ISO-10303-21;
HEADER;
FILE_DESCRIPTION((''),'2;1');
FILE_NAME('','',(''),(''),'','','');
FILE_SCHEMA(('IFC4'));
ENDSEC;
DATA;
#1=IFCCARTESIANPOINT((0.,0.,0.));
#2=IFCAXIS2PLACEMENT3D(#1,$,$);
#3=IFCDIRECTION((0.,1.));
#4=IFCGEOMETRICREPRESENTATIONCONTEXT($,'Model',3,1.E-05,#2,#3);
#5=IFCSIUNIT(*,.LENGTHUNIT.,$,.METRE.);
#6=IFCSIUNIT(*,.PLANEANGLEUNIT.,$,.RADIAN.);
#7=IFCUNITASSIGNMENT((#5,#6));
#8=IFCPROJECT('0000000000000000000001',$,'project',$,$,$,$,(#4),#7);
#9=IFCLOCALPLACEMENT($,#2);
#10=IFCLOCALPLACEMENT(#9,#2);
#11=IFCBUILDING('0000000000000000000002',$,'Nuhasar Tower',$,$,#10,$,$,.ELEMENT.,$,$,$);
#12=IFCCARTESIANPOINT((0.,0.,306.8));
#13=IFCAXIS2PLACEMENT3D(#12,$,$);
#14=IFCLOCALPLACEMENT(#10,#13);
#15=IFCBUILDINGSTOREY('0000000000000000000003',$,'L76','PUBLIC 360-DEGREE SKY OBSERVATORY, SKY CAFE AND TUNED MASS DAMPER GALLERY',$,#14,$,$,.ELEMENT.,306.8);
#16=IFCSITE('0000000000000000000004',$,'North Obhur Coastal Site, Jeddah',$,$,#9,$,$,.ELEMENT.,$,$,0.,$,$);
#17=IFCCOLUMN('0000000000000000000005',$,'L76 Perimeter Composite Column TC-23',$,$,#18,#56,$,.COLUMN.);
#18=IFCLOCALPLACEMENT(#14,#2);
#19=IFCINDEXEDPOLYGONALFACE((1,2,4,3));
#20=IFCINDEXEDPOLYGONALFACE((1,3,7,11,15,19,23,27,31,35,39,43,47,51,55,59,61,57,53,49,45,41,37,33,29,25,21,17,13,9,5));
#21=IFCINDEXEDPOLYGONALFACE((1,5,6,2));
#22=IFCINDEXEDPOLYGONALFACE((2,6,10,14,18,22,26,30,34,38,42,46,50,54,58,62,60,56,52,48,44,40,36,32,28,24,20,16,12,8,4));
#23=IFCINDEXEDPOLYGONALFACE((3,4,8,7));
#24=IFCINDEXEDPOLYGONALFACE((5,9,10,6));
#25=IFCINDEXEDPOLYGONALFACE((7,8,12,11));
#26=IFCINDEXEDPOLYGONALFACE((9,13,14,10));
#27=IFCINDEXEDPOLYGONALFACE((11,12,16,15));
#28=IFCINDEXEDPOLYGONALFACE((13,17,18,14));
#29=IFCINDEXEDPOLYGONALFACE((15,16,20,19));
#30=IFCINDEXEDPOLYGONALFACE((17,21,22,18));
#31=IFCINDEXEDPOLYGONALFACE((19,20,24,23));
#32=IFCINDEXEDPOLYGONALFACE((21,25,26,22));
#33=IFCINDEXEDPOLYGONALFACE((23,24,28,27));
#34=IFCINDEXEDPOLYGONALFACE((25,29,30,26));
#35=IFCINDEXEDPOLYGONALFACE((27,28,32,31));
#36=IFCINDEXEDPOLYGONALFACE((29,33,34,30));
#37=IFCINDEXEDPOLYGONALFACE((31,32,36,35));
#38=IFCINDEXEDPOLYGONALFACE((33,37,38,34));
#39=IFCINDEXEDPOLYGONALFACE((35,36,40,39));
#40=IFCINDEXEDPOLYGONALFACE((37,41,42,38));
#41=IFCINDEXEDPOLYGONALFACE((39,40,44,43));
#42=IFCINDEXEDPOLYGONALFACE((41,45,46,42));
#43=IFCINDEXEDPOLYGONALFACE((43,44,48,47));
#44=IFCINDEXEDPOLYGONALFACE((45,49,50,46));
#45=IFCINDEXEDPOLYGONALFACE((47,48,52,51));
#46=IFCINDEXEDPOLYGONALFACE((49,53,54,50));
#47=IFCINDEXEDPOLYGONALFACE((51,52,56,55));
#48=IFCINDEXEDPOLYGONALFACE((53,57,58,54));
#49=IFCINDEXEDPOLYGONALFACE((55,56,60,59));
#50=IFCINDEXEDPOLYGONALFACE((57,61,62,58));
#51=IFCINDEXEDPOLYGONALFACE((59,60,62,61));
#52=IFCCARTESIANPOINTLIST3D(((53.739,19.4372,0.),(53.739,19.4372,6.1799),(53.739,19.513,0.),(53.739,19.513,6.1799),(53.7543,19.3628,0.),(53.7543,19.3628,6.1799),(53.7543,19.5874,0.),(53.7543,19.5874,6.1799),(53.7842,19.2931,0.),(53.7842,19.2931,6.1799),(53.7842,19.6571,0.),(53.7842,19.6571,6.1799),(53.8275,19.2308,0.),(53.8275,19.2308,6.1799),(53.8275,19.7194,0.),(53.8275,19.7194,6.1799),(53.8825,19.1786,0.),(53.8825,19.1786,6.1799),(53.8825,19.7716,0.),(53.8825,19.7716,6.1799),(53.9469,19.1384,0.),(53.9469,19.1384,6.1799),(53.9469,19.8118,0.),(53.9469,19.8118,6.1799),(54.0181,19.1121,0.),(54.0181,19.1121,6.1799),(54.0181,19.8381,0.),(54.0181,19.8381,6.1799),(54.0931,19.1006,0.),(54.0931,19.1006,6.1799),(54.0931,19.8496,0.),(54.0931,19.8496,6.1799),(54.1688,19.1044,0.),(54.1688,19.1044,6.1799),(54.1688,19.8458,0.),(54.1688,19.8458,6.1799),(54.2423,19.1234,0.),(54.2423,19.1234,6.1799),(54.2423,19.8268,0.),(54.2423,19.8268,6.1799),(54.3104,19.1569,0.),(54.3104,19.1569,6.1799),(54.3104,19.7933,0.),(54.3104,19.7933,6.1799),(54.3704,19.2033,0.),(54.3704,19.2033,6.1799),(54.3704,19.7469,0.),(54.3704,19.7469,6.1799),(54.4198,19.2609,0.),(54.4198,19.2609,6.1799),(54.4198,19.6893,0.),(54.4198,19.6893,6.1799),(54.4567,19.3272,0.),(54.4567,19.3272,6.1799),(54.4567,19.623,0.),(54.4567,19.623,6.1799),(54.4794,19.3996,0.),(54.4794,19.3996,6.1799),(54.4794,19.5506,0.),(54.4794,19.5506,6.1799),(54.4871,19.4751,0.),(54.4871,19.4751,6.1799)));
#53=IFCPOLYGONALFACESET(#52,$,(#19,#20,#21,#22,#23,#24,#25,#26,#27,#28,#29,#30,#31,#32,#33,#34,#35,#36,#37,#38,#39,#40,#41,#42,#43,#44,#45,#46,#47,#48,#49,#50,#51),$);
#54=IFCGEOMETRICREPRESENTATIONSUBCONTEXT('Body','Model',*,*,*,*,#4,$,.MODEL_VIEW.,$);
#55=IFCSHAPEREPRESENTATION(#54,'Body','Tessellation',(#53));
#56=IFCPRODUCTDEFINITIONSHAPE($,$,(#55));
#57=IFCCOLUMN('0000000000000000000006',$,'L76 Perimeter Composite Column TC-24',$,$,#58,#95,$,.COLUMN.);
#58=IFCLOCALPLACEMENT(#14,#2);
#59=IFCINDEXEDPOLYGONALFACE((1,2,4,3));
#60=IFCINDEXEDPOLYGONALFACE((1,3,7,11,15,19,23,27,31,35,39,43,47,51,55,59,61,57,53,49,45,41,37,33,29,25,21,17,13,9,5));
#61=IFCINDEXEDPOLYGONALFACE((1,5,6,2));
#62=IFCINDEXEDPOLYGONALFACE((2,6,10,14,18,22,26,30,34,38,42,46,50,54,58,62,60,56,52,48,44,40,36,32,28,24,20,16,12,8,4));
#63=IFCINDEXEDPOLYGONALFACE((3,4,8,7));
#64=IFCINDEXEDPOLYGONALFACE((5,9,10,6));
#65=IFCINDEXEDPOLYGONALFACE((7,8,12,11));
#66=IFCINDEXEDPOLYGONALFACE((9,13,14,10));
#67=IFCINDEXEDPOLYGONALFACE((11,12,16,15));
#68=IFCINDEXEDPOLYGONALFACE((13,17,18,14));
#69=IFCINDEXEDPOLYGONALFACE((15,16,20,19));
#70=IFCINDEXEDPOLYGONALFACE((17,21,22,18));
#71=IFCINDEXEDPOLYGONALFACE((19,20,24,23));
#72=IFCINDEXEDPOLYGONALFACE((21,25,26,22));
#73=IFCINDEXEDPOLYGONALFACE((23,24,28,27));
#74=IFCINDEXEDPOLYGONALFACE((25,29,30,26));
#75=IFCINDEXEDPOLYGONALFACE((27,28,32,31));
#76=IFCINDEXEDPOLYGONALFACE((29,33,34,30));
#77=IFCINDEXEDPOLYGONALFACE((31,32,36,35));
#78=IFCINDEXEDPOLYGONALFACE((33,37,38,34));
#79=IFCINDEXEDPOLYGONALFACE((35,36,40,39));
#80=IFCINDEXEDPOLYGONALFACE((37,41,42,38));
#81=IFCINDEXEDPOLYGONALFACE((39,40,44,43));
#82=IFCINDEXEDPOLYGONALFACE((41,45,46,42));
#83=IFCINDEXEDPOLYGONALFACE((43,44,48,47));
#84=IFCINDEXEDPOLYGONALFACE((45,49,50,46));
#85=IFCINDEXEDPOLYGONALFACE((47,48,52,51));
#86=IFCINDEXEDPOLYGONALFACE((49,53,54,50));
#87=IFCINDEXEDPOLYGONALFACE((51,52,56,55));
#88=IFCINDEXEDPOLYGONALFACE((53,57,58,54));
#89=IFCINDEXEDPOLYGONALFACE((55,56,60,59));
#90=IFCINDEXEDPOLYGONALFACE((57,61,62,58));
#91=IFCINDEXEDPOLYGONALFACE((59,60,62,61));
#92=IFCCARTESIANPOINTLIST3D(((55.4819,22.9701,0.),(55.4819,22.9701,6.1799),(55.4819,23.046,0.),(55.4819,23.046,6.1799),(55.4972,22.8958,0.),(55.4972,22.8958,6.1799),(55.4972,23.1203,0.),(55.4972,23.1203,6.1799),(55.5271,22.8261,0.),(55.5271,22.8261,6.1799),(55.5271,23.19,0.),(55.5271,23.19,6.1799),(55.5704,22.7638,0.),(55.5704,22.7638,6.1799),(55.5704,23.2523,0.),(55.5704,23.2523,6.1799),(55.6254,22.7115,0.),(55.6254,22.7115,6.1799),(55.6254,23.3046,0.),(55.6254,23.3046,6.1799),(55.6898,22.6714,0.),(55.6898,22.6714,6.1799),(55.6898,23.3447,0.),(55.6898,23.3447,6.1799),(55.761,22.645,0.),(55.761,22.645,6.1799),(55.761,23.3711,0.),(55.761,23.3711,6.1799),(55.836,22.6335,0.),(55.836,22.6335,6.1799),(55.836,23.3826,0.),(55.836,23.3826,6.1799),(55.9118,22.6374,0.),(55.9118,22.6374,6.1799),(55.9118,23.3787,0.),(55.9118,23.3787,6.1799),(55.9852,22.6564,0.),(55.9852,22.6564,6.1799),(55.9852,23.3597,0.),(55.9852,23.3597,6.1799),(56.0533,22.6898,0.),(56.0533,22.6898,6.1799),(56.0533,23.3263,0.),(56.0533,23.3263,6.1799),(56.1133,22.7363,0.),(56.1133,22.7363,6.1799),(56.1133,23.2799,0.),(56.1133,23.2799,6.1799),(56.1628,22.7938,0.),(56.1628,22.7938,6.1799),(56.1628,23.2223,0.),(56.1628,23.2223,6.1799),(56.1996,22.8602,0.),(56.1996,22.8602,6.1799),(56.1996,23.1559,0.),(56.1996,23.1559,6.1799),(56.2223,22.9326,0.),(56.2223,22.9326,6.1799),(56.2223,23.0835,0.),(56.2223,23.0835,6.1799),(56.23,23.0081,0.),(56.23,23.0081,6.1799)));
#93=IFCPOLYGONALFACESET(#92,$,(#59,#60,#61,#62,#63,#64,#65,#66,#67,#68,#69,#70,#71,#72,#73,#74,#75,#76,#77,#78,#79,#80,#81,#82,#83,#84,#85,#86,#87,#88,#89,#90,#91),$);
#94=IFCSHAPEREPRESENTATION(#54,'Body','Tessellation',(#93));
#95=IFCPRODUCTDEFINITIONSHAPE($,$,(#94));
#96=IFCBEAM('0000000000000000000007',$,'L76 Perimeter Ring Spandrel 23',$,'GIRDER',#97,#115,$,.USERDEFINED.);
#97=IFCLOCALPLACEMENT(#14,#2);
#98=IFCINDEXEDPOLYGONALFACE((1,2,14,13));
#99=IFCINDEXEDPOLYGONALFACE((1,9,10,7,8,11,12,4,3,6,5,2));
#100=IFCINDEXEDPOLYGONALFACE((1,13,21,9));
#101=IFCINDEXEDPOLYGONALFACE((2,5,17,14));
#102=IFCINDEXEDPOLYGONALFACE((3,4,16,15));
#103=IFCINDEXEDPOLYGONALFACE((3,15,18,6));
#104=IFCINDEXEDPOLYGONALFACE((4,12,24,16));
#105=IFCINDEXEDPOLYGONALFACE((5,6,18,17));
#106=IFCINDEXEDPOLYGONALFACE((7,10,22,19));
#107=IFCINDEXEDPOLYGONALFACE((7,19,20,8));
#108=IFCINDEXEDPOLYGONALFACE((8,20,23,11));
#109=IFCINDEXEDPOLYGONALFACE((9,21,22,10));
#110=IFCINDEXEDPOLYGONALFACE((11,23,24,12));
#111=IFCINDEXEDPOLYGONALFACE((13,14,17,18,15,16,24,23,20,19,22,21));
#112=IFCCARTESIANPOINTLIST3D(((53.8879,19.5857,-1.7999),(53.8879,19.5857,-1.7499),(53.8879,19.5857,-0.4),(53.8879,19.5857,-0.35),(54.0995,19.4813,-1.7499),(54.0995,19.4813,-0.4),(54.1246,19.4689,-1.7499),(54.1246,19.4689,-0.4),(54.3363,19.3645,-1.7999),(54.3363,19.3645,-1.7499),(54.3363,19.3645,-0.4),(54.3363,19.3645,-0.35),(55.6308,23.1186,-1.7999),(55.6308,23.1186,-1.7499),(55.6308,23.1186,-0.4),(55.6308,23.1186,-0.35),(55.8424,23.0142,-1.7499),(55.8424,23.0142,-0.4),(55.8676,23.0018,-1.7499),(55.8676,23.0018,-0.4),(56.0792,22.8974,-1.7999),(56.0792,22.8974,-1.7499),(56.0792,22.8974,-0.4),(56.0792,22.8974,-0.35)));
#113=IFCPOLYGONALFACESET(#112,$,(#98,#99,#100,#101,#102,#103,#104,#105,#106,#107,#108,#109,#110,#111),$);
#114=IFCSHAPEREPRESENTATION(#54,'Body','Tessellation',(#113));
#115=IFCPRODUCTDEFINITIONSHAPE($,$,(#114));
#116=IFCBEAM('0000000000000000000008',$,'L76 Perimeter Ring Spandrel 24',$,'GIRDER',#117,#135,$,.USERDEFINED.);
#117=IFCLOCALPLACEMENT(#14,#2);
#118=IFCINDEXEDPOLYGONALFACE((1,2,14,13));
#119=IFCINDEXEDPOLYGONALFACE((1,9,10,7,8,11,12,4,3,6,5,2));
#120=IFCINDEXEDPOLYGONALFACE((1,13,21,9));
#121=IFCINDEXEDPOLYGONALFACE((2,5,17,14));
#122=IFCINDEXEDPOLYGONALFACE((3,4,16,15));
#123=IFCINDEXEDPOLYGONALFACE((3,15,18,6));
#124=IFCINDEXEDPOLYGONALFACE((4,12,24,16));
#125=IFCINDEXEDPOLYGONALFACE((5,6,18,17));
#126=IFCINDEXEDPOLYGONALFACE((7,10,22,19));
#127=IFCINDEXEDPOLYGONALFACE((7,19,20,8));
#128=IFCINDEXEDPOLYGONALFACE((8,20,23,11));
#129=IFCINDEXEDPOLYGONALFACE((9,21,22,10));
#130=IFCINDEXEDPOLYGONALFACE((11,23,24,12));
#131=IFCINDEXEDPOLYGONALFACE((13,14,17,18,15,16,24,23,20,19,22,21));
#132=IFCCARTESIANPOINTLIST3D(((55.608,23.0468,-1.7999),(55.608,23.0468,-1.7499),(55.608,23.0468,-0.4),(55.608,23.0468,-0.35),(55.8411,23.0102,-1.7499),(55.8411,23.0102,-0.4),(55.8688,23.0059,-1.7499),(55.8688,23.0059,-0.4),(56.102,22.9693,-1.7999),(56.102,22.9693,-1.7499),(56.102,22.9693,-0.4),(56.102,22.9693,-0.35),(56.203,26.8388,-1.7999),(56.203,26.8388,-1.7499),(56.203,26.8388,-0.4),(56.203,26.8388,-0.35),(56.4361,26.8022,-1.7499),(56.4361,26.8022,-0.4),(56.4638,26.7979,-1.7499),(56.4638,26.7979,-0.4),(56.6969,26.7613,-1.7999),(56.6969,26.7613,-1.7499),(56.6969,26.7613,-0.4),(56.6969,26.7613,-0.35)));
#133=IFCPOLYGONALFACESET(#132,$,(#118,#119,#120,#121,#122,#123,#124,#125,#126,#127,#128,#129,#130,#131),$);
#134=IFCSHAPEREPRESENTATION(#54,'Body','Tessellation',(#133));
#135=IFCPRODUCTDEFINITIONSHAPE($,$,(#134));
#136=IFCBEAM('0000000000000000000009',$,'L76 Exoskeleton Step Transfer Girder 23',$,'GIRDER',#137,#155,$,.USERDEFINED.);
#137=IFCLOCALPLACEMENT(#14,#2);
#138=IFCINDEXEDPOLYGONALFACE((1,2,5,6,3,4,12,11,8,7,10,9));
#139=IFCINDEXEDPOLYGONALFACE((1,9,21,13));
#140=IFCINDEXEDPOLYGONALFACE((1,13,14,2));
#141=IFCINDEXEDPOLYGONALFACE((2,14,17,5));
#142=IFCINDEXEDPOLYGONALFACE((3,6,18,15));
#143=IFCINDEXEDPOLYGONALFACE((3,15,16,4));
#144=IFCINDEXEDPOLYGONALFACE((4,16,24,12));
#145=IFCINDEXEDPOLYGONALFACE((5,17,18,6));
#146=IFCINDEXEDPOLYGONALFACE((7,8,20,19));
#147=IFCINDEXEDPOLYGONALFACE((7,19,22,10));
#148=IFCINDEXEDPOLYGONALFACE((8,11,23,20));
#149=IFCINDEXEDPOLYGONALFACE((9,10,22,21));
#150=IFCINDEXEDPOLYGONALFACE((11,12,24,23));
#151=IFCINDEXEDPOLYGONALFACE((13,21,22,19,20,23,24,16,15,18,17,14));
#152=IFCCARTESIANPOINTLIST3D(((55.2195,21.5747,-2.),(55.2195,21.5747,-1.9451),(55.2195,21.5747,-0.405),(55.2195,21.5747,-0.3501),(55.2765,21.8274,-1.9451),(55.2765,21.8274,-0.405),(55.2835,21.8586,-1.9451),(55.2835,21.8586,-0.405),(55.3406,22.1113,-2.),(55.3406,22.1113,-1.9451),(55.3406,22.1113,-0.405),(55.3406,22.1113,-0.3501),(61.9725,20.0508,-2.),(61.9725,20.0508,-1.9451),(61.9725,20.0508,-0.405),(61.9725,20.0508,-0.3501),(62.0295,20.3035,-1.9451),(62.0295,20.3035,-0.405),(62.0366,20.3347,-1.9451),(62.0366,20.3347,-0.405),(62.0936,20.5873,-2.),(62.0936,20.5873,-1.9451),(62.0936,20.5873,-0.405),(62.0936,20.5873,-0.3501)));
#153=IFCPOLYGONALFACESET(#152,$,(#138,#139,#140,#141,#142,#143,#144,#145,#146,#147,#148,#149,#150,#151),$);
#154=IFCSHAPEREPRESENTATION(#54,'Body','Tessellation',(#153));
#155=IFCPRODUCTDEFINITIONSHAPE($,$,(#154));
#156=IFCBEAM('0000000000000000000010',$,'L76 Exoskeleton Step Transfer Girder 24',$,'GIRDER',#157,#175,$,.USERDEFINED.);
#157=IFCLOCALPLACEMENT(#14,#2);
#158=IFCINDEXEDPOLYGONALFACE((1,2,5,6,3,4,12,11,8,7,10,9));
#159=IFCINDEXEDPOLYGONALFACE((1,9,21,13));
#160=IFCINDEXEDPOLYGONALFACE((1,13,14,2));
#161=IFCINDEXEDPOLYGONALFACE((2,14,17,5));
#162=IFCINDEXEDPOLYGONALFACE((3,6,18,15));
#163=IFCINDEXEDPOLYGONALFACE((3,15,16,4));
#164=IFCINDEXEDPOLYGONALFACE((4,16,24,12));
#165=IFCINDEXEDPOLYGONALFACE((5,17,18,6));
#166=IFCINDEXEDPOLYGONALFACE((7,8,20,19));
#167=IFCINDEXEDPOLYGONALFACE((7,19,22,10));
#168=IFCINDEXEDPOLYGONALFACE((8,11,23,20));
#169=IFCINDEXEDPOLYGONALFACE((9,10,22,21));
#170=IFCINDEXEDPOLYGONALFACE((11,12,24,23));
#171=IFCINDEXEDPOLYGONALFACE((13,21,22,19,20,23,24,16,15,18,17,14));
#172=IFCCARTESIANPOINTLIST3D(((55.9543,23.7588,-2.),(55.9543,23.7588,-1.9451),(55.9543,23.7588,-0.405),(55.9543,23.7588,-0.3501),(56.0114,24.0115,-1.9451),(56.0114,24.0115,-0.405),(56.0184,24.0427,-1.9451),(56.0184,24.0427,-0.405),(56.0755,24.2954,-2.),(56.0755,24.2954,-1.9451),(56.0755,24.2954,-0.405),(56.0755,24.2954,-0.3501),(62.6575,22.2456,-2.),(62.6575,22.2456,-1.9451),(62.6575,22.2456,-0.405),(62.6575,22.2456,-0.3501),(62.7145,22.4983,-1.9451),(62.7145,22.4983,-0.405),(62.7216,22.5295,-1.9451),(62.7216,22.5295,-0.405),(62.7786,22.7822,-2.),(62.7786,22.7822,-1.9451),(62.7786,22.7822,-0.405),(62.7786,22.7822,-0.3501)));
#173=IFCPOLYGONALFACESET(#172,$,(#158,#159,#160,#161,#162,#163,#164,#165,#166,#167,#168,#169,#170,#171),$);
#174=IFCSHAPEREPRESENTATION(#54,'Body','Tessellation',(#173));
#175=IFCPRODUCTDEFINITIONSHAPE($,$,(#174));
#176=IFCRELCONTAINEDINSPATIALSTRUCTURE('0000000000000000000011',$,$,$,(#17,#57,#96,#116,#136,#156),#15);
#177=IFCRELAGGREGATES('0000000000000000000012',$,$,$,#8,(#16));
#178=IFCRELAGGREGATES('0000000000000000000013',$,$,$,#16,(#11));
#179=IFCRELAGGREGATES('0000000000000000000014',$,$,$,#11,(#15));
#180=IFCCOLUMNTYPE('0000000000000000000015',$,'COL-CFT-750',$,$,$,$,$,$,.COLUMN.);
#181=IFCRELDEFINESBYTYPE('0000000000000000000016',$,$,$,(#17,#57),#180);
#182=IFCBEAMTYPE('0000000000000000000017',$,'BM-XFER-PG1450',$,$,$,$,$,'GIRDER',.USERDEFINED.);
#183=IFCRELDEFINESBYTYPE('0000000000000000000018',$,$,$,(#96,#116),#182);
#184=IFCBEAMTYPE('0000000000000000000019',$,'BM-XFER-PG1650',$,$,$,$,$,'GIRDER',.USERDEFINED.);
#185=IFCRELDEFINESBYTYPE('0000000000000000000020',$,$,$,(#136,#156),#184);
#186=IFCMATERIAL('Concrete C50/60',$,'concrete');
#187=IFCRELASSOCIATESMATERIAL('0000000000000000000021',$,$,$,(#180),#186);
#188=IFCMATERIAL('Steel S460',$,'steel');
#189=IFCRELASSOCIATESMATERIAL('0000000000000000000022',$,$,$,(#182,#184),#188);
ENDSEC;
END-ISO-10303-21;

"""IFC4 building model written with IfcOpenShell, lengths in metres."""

from ifc_helpers import new_model, si_unit, direction, frame, origin, origin_2d, place, context, subcontext, project, spatial, circle, i_section, extrude, material, material_profile, profile_set, type_object, element, save


model = new_model("IFC4")

# Units and contexts
model_context = context("Model", 3, precision=1e-05, world=origin(), true_north=direction((0.0, 1.0)))
body_context = subcontext(model_context, "Body", "Model", "MODEL_VIEW")
ifc_project = project(units=[si_unit("LENGTHUNIT", "METRE"), si_unit("PLANEANGLEUNIT", "RADIAN")], contexts=[model_context])

# Site, building, storey
site_placement = place(None, origin())
site = spatial("IfcSite", under=ifc_project, at=site_placement, Name="North Obhur Coastal Site, Jeddah", CompositionType="ELEMENT", RefElevation=0.0)
building_placement = place(site_placement, origin())
building = spatial("IfcBuilding", under=site, at=building_placement, Name="Nuhasar Tower", CompositionType="ELEMENT")
storey_placement = place(building_placement, frame((0.0, 0.0, 306.8)))
storey = spatial("IfcBuildingStorey", under=building, at=storey_placement, Name="L76", Description="PUBLIC 360-DEGREE SKY OBSERVATORY, SKY CAFE AND TUNED MASS DAMPER GALLERY", CompositionType="ELEMENT", Elevation=306.8)

# Columns
ifc_material_1 = material(Name="Concrete C50/60", Category="concrete")
ifc_material_profile_1 = material_profile(ifc_material_1, circle(Radius=0.375, at=origin_2d()), Name="CFT750")
ifc_profile_set_1 = profile_set([ifc_material_profile_1], Name="Concrete C50/60")
column_type = type_object("IfcColumnType", Name="COL-CFT-750", PredefinedType="COLUMN", material=ifc_profile_set_1)
for number, where, z_axis, x_axis, name in (
    (1, (54.1121, 19.4751, 0.0), (0.0, 0.0, 1.0), (1.0, 0.0, 0.0), "L76 Perimeter Composite Column TC-23"),
    (2, (55.855, 23.0081, 0.0), (0.0, 0.0, 1.0), (1.0, 0.0, 0.0), "L76 Perimeter Composite Column TC-24"),
):
    element("IfcColumn", number, at=place(storey_placement, frame(where, z_axis=z_axis, x_axis=x_axis)), inside=storey, type_object=column_type, Name=name, PredefinedType="COLUMN", context=body_context, shape_type="SweptSolid", body=[
        extrude(circle(Radius=0.375, at=origin_2d()), origin(), (0.0, 0.0, 1.0), 6.1799),
    ])

# Beams
ifc_material_2 = material(Name="Steel S460", Category="steel")
ifc_material_profile_2 = material_profile(ifc_material_2, i_section(OverallWidth=0.5, OverallDepth=1.45, WebThickness=0.0281, FlangeThickness=0.05, at=origin_2d()), Name="PG1450X500")
ifc_profile_set_2 = profile_set([ifc_material_profile_2], Name="Steel S460")
beam_type_1 = type_object("IfcBeamType", Name="BM-XFER-PG1450", ElementType="GIRDER", PredefinedType="USERDEFINED", material=ifc_profile_set_2)
beam_1_placement = place(storey_placement, frame((54.1121, 19.4751, -1.075), z_axis=(0.442423, 0.896807, 0.0), x_axis=(-0.896807, 0.442423, 0.0)))
element("IfcBeam", 3, at=beam_1_placement, inside=storey, type_object=beam_type_1, Name="L76 Perimeter Ring Spandrel 23", ObjectType="GIRDER", PredefinedType="USERDEFINED", context=body_context, shape_type="SweptSolid", body=[
    extrude(i_section(OverallWidth=0.5, OverallDepth=1.45, WebThickness=0.0281, FlangeThickness=0.05, at=origin_2d()), origin(), (0.0, 0.0, 1.0), 3.9395),
])
beam_2_placement = place(storey_placement, frame((55.855, 23.0081, -1.075), z_axis=(0.155006, 0.987914, 0.0), x_axis=(-0.987914, 0.155006, 0.0)))
element("IfcBeam", 4, at=beam_2_placement, inside=storey, type_object=beam_type_1, Name="L76 Perimeter Ring Spandrel 24", ObjectType="GIRDER", PredefinedType="USERDEFINED", context=body_context, shape_type="SweptSolid", body=[
    extrude(i_section(OverallWidth=0.5, OverallDepth=1.45, WebThickness=0.0281, FlangeThickness=0.05, at=origin_2d()), origin(), (0.0, 0.0, 1.0), 3.8384),
])
ifc_material_profile_3 = material_profile(ifc_material_2, i_section(OverallWidth=0.55, OverallDepth=1.6499, WebThickness=0.032, FlangeThickness=0.0549, at=origin_2d()), Name="PG1650X550")
ifc_profile_set_3 = profile_set([ifc_material_profile_3], Name="Steel S460")
beam_type_2 = type_object("IfcBeamType", Name="BM-XFER-PG1650", ElementType="GIRDER", PredefinedType="USERDEFINED", material=ifc_profile_set_3)
beam_3_placement = place(storey_placement, frame((55.28, 21.843, -1.175), z_axis=(0.97547, -0.220133, 0.0), x_axis=(0.220133, 0.97547, 0.0)))
element("IfcBeam", 5, at=beam_3_placement, inside=storey, type_object=beam_type_2, Name="L76 Exoskeleton Step Transfer Girder 23", ObjectType="GIRDER", PredefinedType="USERDEFINED", context=body_context, shape_type="SweptSolid", body=[
    extrude(i_section(OverallWidth=0.55, OverallDepth=1.6499, WebThickness=0.032, FlangeThickness=0.0549, at=origin_2d()), origin(), (0.0, 0.0, 1.0), 6.9229),
])
beam_4_placement = place(storey_placement, frame((56.0149, 24.0271, -1.175), z_axis=(0.975454, -0.220202, 0.0), x_axis=(0.220202, 0.975454, 0.0)))
element("IfcBeam", 6, at=beam_4_placement, inside=storey, type_object=beam_type_2, Name="L76 Exoskeleton Step Transfer Girder 24", ObjectType="GIRDER", PredefinedType="USERDEFINED", context=body_context, shape_type="SweptSolid", body=[
    extrude(i_section(OverallWidth=0.55, OverallDepth=1.6499, WebThickness=0.032, FlangeThickness=0.0549, at=origin_2d()), origin(), (0.0, 0.0, 1.0), 6.8718),
])

save(model, "model.ifc")
